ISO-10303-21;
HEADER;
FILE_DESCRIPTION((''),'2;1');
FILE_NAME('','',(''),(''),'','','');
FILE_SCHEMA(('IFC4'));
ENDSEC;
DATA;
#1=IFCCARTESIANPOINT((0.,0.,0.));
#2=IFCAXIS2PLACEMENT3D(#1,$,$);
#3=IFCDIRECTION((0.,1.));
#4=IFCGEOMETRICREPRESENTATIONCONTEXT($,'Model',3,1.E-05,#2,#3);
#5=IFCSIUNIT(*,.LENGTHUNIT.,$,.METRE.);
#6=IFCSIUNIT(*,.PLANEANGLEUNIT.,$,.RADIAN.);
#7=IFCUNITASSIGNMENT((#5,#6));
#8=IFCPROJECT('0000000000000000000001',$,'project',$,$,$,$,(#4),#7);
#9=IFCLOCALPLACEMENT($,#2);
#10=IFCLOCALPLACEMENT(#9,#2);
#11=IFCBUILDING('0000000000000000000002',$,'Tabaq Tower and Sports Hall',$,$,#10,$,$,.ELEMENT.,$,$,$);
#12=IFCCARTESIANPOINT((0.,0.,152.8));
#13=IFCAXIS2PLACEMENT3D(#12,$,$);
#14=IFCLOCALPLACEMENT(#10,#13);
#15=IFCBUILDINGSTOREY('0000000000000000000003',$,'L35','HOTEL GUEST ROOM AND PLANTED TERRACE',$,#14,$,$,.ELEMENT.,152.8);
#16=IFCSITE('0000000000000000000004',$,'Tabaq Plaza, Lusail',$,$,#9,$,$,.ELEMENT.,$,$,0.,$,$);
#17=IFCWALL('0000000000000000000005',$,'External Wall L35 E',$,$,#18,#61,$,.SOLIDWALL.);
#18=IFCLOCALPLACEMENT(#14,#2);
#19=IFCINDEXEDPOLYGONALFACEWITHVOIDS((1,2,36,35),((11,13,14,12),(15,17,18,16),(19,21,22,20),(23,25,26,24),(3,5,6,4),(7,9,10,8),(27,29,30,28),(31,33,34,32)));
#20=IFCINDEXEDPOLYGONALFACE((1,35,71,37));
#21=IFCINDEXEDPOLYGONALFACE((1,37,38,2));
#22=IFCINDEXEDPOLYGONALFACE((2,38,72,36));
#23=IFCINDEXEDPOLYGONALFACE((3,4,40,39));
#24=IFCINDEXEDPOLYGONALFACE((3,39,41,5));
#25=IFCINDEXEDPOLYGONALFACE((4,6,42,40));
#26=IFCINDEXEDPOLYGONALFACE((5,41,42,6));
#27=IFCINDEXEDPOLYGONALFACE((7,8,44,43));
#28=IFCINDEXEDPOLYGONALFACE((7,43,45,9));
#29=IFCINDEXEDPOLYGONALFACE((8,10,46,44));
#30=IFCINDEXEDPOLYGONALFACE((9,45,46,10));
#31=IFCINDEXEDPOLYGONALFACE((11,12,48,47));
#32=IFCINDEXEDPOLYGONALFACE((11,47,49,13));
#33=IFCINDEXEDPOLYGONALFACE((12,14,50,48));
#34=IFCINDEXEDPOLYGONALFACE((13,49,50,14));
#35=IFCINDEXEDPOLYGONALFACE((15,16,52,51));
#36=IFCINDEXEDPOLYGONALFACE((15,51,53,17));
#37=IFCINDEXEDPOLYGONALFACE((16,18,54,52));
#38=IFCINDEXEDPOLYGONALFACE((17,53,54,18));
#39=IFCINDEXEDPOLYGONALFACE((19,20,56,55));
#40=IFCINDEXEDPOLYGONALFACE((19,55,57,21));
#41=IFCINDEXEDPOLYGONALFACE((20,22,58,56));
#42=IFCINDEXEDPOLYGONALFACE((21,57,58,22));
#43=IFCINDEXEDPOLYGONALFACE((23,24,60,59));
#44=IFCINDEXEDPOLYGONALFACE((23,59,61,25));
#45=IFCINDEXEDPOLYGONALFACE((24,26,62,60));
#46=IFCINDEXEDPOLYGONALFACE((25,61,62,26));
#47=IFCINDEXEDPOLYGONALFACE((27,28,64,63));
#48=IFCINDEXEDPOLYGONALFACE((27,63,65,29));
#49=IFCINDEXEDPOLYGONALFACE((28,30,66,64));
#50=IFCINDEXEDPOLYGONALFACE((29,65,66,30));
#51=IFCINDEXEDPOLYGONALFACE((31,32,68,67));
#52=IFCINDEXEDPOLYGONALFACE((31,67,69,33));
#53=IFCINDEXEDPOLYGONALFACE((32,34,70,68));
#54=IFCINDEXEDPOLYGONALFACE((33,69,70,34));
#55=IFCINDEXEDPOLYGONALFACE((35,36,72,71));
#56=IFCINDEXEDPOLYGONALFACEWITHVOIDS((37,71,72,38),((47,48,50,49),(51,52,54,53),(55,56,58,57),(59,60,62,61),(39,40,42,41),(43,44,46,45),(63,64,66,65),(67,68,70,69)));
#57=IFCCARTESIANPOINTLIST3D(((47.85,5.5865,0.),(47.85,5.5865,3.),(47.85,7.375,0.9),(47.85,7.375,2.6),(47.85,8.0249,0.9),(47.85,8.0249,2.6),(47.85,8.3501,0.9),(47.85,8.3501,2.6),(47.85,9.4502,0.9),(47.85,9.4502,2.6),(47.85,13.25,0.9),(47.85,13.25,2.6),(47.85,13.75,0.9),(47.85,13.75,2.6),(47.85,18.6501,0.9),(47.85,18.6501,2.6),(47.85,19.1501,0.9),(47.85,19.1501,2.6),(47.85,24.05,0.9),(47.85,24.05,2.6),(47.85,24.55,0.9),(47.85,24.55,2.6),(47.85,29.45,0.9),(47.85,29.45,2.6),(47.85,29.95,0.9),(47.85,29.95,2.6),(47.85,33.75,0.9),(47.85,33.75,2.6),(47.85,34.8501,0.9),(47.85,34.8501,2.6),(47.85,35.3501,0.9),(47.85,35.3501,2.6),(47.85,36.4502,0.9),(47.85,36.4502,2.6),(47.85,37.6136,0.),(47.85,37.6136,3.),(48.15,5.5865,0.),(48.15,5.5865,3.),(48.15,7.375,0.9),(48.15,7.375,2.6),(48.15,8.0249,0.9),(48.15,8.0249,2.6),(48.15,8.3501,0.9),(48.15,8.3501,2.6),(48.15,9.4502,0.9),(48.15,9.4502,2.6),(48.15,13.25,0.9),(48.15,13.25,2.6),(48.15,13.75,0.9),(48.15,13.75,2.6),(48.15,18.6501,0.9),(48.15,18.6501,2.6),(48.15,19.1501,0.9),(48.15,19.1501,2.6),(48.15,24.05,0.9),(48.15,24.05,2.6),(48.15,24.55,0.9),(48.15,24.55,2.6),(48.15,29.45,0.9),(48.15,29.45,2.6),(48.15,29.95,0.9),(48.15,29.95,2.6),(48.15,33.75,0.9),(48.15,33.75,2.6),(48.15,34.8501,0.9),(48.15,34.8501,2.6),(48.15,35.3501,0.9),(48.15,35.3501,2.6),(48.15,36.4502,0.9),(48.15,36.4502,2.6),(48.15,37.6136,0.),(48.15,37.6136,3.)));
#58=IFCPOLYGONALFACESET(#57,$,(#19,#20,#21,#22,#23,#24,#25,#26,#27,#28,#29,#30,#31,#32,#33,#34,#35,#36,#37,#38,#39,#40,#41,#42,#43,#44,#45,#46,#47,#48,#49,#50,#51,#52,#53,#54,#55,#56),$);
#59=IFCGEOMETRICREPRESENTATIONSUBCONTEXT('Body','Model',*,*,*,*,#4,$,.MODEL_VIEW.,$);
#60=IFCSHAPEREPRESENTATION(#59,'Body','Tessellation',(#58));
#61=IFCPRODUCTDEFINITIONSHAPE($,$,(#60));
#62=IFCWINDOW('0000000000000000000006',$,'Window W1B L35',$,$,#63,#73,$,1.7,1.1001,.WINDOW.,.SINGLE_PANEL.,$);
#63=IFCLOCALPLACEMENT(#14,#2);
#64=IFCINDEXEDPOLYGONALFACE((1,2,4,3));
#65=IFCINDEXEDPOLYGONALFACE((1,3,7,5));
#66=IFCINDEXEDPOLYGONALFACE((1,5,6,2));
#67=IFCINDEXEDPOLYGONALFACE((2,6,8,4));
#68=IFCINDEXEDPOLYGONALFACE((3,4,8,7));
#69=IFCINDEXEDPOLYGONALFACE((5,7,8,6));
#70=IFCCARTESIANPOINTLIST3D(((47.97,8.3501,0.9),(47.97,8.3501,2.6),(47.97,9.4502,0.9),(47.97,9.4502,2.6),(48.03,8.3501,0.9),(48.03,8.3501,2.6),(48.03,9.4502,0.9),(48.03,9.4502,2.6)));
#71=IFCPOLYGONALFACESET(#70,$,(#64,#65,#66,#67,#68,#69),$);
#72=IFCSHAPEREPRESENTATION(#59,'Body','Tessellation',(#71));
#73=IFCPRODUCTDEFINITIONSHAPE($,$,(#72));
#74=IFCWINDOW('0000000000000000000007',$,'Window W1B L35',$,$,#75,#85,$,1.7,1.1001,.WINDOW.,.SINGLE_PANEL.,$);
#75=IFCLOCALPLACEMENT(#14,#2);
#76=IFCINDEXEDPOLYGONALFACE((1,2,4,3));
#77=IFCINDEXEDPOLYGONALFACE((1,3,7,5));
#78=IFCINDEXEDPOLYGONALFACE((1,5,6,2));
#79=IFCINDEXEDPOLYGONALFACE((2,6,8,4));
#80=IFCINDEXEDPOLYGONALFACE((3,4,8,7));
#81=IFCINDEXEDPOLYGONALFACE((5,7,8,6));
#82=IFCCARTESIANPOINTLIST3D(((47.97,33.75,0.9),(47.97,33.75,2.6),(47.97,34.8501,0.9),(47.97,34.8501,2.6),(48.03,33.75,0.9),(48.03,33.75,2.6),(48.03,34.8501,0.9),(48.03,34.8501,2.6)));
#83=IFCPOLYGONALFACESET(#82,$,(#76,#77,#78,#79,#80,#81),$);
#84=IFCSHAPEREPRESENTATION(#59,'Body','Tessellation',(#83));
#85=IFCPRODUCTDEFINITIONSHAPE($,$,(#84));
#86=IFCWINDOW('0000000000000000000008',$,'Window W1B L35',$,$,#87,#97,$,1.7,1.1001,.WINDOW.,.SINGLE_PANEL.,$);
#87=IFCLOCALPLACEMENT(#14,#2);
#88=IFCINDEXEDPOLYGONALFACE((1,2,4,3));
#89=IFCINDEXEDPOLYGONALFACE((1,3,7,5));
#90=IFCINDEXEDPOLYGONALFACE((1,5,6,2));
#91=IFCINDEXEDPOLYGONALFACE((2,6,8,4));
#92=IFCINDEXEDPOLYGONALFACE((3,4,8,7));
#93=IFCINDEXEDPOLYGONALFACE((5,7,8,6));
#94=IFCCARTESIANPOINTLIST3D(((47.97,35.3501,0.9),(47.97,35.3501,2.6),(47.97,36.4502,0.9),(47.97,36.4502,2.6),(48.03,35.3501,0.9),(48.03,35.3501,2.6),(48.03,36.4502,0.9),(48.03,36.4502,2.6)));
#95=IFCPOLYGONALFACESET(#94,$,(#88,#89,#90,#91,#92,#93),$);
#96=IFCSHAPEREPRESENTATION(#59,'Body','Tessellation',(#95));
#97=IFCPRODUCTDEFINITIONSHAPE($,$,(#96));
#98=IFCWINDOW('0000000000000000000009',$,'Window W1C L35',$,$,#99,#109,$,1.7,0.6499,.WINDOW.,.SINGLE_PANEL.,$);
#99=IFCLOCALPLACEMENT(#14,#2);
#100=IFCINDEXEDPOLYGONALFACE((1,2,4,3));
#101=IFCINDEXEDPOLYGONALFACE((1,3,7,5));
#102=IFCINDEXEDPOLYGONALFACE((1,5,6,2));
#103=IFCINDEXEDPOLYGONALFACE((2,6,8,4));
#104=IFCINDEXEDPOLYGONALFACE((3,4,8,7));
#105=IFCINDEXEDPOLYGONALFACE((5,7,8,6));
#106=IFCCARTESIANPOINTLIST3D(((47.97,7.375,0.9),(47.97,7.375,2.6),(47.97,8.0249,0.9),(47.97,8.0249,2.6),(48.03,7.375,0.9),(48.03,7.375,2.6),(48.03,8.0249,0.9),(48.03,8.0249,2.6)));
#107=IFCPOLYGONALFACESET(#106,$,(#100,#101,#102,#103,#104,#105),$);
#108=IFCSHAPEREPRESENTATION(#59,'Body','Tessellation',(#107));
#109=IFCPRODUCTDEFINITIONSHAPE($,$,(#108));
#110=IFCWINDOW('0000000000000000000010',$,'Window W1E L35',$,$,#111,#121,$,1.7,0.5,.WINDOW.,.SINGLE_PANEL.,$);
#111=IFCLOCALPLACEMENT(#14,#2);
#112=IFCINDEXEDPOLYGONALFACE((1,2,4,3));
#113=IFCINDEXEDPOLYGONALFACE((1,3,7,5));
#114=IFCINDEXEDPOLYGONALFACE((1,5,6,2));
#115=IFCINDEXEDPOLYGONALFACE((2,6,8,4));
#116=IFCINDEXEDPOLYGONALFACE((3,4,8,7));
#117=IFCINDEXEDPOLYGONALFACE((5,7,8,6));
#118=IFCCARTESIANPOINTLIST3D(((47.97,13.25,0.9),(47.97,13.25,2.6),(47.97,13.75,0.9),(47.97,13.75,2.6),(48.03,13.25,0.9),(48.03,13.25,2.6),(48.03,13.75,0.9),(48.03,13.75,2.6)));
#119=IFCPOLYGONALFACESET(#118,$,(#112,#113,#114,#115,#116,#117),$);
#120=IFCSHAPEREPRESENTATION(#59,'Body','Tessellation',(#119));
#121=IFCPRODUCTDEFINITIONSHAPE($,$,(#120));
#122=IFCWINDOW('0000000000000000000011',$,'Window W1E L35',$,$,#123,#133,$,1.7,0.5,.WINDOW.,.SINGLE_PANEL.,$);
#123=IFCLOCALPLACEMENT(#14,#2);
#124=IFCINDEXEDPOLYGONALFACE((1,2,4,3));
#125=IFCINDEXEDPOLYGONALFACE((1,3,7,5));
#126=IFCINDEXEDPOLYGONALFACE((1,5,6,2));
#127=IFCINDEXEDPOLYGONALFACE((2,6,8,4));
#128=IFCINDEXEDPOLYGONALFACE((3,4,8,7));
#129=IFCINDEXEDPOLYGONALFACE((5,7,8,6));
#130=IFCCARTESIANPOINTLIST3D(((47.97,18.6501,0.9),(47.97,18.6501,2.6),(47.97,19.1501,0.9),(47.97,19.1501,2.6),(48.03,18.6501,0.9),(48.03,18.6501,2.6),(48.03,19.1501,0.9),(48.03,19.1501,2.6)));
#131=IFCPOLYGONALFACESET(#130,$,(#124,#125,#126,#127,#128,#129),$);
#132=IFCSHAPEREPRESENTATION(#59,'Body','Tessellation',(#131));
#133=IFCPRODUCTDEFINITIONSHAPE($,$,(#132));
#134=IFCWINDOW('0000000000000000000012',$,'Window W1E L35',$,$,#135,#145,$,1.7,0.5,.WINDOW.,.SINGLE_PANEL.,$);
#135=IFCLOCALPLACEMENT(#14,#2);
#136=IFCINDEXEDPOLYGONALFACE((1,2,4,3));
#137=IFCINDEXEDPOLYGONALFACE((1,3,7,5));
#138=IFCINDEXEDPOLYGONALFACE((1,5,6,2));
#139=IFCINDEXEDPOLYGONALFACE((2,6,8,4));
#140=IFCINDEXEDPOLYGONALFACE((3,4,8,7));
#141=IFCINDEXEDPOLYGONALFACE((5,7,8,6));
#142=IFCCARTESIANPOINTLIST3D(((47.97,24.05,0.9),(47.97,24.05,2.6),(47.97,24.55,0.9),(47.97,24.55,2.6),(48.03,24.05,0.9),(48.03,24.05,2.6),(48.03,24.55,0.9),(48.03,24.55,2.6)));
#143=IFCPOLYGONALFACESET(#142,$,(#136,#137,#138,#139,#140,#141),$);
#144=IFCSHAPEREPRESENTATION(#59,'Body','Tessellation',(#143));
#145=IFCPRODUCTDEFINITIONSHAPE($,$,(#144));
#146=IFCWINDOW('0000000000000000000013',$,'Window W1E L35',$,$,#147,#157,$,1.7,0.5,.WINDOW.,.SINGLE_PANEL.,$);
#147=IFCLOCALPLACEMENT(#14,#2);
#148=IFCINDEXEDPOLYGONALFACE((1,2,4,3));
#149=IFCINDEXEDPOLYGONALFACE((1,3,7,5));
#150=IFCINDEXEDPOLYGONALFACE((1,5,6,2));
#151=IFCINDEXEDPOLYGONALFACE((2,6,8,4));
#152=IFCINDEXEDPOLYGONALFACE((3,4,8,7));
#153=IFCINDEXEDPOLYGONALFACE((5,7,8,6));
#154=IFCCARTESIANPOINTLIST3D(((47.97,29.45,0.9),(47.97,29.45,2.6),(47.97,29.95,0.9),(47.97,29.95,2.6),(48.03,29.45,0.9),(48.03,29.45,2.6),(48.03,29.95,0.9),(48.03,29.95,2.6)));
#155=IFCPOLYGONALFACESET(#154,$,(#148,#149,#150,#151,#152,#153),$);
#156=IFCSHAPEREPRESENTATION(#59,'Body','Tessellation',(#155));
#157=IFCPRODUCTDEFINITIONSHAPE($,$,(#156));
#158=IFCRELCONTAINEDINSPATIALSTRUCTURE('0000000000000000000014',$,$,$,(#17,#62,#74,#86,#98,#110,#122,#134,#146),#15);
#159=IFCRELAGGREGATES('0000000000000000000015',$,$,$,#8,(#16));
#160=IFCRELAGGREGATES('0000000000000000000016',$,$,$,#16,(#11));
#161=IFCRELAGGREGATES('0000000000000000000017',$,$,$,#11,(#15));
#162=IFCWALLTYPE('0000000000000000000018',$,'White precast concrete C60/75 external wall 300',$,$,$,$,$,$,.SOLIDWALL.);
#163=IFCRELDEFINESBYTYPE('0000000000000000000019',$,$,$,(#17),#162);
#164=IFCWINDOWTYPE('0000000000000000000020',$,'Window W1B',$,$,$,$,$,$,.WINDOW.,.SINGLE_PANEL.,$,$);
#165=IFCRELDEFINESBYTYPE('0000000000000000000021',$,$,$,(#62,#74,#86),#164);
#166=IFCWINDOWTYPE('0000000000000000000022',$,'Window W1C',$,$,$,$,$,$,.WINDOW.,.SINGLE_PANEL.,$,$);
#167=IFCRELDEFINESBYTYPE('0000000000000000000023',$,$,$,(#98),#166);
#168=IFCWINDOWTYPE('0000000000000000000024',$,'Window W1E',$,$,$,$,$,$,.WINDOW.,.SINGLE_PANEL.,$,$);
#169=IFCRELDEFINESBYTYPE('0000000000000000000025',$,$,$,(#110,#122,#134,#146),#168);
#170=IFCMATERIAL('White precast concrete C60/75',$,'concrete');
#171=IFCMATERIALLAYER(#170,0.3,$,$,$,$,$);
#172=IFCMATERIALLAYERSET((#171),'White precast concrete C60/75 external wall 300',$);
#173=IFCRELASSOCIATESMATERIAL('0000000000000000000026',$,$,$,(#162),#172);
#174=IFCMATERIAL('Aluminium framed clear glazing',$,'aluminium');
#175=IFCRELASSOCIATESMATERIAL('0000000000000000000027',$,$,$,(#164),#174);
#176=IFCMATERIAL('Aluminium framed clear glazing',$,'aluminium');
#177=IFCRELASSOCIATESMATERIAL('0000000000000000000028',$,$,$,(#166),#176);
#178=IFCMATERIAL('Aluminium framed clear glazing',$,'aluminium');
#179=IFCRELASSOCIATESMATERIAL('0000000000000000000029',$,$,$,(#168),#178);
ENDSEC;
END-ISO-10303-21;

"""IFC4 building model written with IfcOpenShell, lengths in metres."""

from ifc_helpers import new_model, si_unit, direction, frame, frame_2d, origin, place, context, subcontext, project, spatial, rectangle, extrude, material, layer, layer_set, type_object, element, fill, save


model = new_model("IFC4")

# Units and contexts
model_context = context("Model", 3, precision=1e-05, world=origin(), true_north=direction((0.0, 1.0)))
body_context = subcontext(model_context, "Body", "Model", "MODEL_VIEW")
ifc_project = project(units=[si_unit("LENGTHUNIT", "METRE"), si_unit("PLANEANGLEUNIT", "RADIAN")], contexts=[model_context])

# Site, building, storey
site_placement = place(None, origin())
site = spatial("IfcSite", under=ifc_project, at=site_placement, Name="Tabaq Plaza, Lusail", CompositionType="ELEMENT", RefElevation=0.0)
building_placement = place(site_placement, origin())
building = spatial("IfcBuilding", under=site, at=building_placement, Name="Tabaq Tower and Sports Hall", CompositionType="ELEMENT")
storey_placement = place(building_placement, frame((0.0, 0.0, 152.8)))
storey = spatial("IfcBuildingStorey", under=building, at=storey_placement, Name="L35", Description="HOTEL GUEST ROOM AND PLANTED TERRACE", CompositionType="ELEMENT", Elevation=152.8)

# Shared definitions
ifc_material_1 = material(Name="White precast concrete C60/75", Category="concrete")
ifc_layer_1 = layer(ifc_material_1, 0.3)
ifc_layer_set_1 = layer_set([ifc_layer_1], Name="White precast concrete C60/75 external wall 300")
wall_type_1 = type_object("IfcWallType", Name="White precast concrete C60/75 external wall 300", PredefinedType="SOLIDWALL", material=ifc_layer_set_1)

# Wall, openings, windows
wall_1_placement = place(storey_placement, frame((48.0, 5.5864, 0.0), z_axis=(0.0, 0.0, 1.0), x_axis=(0.0, 1.0, 0.0)))
wall_1 = element("IfcWall", 1, at=wall_1_placement, inside=storey, type_object=wall_type_1, Name="External Wall L35 E", PredefinedType="SOLIDWALL", context=body_context, shape_type="SweptSolid", body=[
    extrude(rectangle(XDim=32.0271, YDim=0.3, at=frame_2d((16.0137, 0.0))), origin(), (0.0, 0.0, 1.0), 3.0),
])
opening_1_placement = place(wall_1_placement, frame((1.7886, 0.0, 0.8999)))
opening_1 = element("IfcOpeningElement", 2, at=opening_1_placement, cuts=wall_1, PredefinedType="OPENING", context=body_context, shape_type="SweptSolid", body=[
    extrude(rectangle(XDim=0.6499, YDim=1.7, at=frame_2d((0.325, 0.8501))), frame((0.0, 0.1602, 0.0), z_axis=(0.0, -1.0, 0.0), x_axis=(1.0, 0.0, 0.0)), (0.0, 0.0, 1.0), 0.3201),
])
opening_2_placement = place(wall_1_placement, frame((2.7637, 0.0, 0.8999)))
opening_2 = element("IfcOpeningElement", 3, at=opening_2_placement, cuts=wall_1, PredefinedType="OPENING", context=body_context, shape_type="SweptSolid", body=[
    extrude(rectangle(XDim=1.1001, YDim=1.7, at=frame_2d((0.55, 0.8501))), frame((0.0, 0.1602, 0.0), z_axis=(0.0, -1.0, 0.0), x_axis=(1.0, 0.0, 0.0)), (0.0, 0.0, 1.0), 0.3201),
])
opening_3_placement = place(wall_1_placement, frame((7.6636, 0.0, 0.8999)))
opening_3 = element("IfcOpeningElement", 4, at=opening_3_placement, cuts=wall_1, PredefinedType="OPENING", context=body_context, shape_type="SweptSolid", body=[
    extrude(rectangle(XDim=0.5, YDim=1.7, at=frame_2d((0.25, 0.8501))), frame((0.0, 0.1602, 0.0), z_axis=(0.0, -1.0, 0.0), x_axis=(1.0, 0.0, 0.0)), (0.0, 0.0, 1.0), 0.3201),
])
opening_4_placement = place(wall_1_placement, frame((13.0637, 0.0, 0.8999)))
opening_4 = element("IfcOpeningElement", 5, at=opening_4_placement, cuts=wall_1, PredefinedType="OPENING", context=body_context, shape_type="SweptSolid", body=[
    extrude(rectangle(XDim=0.5, YDim=1.7, at=frame_2d((0.25, 0.8501))), frame((0.0, 0.1602, 0.0), z_axis=(0.0, -1.0, 0.0), x_axis=(1.0, 0.0, 0.0)), (0.0, 0.0, 1.0), 0.3201),
])
opening_5_placement = place(wall_1_placement, frame((18.4636, 0.0, 0.8999)))
opening_5 = element("IfcOpeningElement", 6, at=opening_5_placement, cuts=wall_1, PredefinedType="OPENING", context=body_context, shape_type="SweptSolid", body=[
    extrude(rectangle(XDim=0.5, YDim=1.7, at=frame_2d((0.25, 0.8501))), frame((0.0, 0.1602, 0.0), z_axis=(0.0, -1.0, 0.0), x_axis=(1.0, 0.0, 0.0)), (0.0, 0.0, 1.0), 0.3201),
])
opening_6_placement = place(wall_1_placement, frame((23.8635, 0.0, 0.8999)))
opening_6 = element("IfcOpeningElement", 7, at=opening_6_placement, cuts=wall_1, PredefinedType="OPENING", context=body_context, shape_type="SweptSolid", body=[
    extrude(rectangle(XDim=0.5, YDim=1.7, at=frame_2d((0.25, 0.8501))), frame((0.0, 0.1602, 0.0), z_axis=(0.0, -1.0, 0.0), x_axis=(1.0, 0.0, 0.0)), (0.0, 0.0, 1.0), 0.3201),
])
opening_7_placement = place(wall_1_placement, frame((28.1636, 0.0, 0.8999)))
opening_7 = element("IfcOpeningElement", 8, at=opening_7_placement, cuts=wall_1, PredefinedType="OPENING", context=body_context, shape_type="SweptSolid", body=[
    extrude(rectangle(XDim=1.1001, YDim=1.7, at=frame_2d((0.55, 0.8501))), frame((0.0, 0.1602, 0.0), z_axis=(0.0, -1.0, 0.0), x_axis=(1.0, 0.0, 0.0)), (0.0, 0.0, 1.0), 0.3201),
])
opening_8_placement = place(wall_1_placement, frame((29.7637, 0.0, 0.8999)))
opening_8 = element("IfcOpeningElement", 9, at=opening_8_placement, cuts=wall_1, PredefinedType="OPENING", context=body_context, shape_type="SweptSolid", body=[
    extrude(rectangle(XDim=1.1001, YDim=1.7, at=frame_2d((0.55, 0.8501))), frame((0.0, 0.1602, 0.0), z_axis=(0.0, -1.0, 0.0), x_axis=(1.0, 0.0, 0.0)), (0.0, 0.0, 1.0), 0.3201),
])
ifc_material_2 = material(Name="Aluminium framed clear glazing", Category="aluminium")
window_type_1 = type_object("IfcWindowType", Name="Window W1B", PartitioningType="SINGLE_PANEL", PredefinedType="WINDOW", material=ifc_material_2)
window_1_placement = place(opening_2_placement, origin())
window_1 = element("IfcWindow", 10, at=window_1_placement, inside=storey, type_object=window_type_1, Name="Window W1B L35", OverallHeight=1.7, OverallWidth=1.1001, PartitioningType="SINGLE_PANEL", PredefinedType="WINDOW", context=body_context, shape_type="SweptSolid", body=[
    extrude(rectangle(XDim=1.1001, YDim=1.7, at=frame_2d((0.55, 0.8501))), frame((0.0, 0.03, 0.0), z_axis=(0.0, -1.0, 0.0), x_axis=(1.0, 0.0, 0.0)), (0.0, 0.0, 1.0), 0.0601),
])
fill(opening_2, window_1)
window_2_placement = place(opening_7_placement, origin())
window_2 = element("IfcWindow", 11, at=window_2_placement, inside=storey, type_object=window_type_1, Name="Window W1B L35", OverallHeight=1.7, OverallWidth=1.1001, PartitioningType="SINGLE_PANEL", PredefinedType="WINDOW", context=body_context, shape_type="SweptSolid", body=[
    extrude(rectangle(XDim=1.1001, YDim=1.7, at=frame_2d((0.55, 0.8501))), frame((0.0, 0.03, 0.0), z_axis=(0.0, -1.0, 0.0), x_axis=(1.0, 0.0, 0.0)), (0.0, 0.0, 1.0), 0.0601),
])
fill(opening_7, window_2)
window_3_placement = place(opening_8_placement, origin())
window_3 = element("IfcWindow", 12, at=window_3_placement, inside=storey, type_object=window_type_1, Name="Window W1B L35", OverallHeight=1.7, OverallWidth=1.1001, PartitioningType="SINGLE_PANEL", PredefinedType="WINDOW", context=body_context, shape_type="SweptSolid", body=[
    extrude(rectangle(XDim=1.1001, YDim=1.7, at=frame_2d((0.55, 0.8501))), frame((0.0, 0.03, 0.0), z_axis=(0.0, -1.0, 0.0), x_axis=(1.0, 0.0, 0.0)), (0.0, 0.0, 1.0), 0.0601),
])
fill(opening_8, window_3)
ifc_material_3 = material(Name="Aluminium framed clear glazing", Category="aluminium")
window_type_2 = type_object("IfcWindowType", Name="Window W1C", PartitioningType="SINGLE_PANEL", PredefinedType="WINDOW", material=ifc_material_3)
window_4_placement = place(opening_1_placement, origin())
window_4 = element("IfcWindow", 13, at=window_4_placement, inside=storey, type_object=window_type_2, Name="Window W1C L35", OverallHeight=1.7, OverallWidth=0.6499, PartitioningType="SINGLE_PANEL", PredefinedType="WINDOW", context=body_context, shape_type="SweptSolid", body=[
    extrude(rectangle(XDim=0.6499, YDim=1.7, at=frame_2d((0.325, 0.8501))), frame((0.0, 0.03, 0.0), z_axis=(0.0, -1.0, 0.0), x_axis=(1.0, 0.0, 0.0)), (0.0, 0.0, 1.0), 0.0601),
])
fill(opening_1, window_4)
ifc_material_4 = material(Name="Aluminium framed clear glazing", Category="aluminium")
window_type_3 = type_object("IfcWindowType", Name="Window W1E", PartitioningType="SINGLE_PANEL", PredefinedType="WINDOW", material=ifc_material_4)
window_5_placement = place(opening_3_placement, origin())
window_5 = element("IfcWindow", 14, at=window_5_placement, inside=storey, type_object=window_type_3, Name="Window W1E L35", OverallHeight=1.7, OverallWidth=0.5, PartitioningType="SINGLE_PANEL", PredefinedType="WINDOW", context=body_context, shape_type="SweptSolid", body=[
    extrude(rectangle(XDim=0.5, YDim=1.7, at=frame_2d((0.25, 0.8501))), frame((0.0, 0.03, 0.0), z_axis=(0.0, -1.0, 0.0), x_axis=(1.0, 0.0, 0.0)), (0.0, 0.0, 1.0), 0.0601),
])
fill(opening_3, window_5)
window_6_placement = place(opening_4_placement, origin())
window_6 = element("IfcWindow", 15, at=window_6_placement, inside=storey, type_object=window_type_3, Name="Window W1E L35", OverallHeight=1.7, OverallWidth=0.5, PartitioningType="SINGLE_PANEL", PredefinedType="WINDOW", context=body_context, shape_type="SweptSolid", body=[
    extrude(rectangle(XDim=0.5, YDim=1.7, at=frame_2d((0.25, 0.8501))), frame((0.0, 0.03, 0.0), z_axis=(0.0, -1.0, 0.0), x_axis=(1.0, 0.0, 0.0)), (0.0, 0.0, 1.0), 0.0601),
])
fill(opening_4, window_6)
window_7_placement = place(opening_5_placement, origin())
window_7 = element("IfcWindow", 16, at=window_7_placement, inside=storey, type_object=window_type_3, Name="Window W1E L35", OverallHeight=1.7, OverallWidth=0.5, PartitioningType="SINGLE_PANEL", PredefinedType="WINDOW", context=body_context, shape_type="SweptSolid", body=[
    extrude(rectangle(XDim=0.5, YDim=1.7, at=frame_2d((0.25, 0.8501))), frame((0.0, 0.03, 0.0), z_axis=(0.0, -1.0, 0.0), x_axis=(1.0, 0.0, 0.0)), (0.0, 0.0, 1.0), 0.0601),
])
fill(opening_5, window_7)
window_8_placement = place(opening_6_placement, origin())
window_8 = element("IfcWindow", 17, at=window_8_placement, inside=storey, type_object=window_type_3, Name="Window W1E L35", OverallHeight=1.7, OverallWidth=0.5, PartitioningType="SINGLE_PANEL", PredefinedType="WINDOW", context=body_context, shape_type="SweptSolid", body=[
    extrude(rectangle(XDim=0.5, YDim=1.7, at=frame_2d((0.25, 0.8501))), frame((0.0, 0.03, 0.0), z_axis=(0.0, -1.0, 0.0), x_axis=(1.0, 0.0, 0.0)), (0.0, 0.0, 1.0), 0.0601),
])
fill(opening_6, window_8)

save(model, "model.ifc")
